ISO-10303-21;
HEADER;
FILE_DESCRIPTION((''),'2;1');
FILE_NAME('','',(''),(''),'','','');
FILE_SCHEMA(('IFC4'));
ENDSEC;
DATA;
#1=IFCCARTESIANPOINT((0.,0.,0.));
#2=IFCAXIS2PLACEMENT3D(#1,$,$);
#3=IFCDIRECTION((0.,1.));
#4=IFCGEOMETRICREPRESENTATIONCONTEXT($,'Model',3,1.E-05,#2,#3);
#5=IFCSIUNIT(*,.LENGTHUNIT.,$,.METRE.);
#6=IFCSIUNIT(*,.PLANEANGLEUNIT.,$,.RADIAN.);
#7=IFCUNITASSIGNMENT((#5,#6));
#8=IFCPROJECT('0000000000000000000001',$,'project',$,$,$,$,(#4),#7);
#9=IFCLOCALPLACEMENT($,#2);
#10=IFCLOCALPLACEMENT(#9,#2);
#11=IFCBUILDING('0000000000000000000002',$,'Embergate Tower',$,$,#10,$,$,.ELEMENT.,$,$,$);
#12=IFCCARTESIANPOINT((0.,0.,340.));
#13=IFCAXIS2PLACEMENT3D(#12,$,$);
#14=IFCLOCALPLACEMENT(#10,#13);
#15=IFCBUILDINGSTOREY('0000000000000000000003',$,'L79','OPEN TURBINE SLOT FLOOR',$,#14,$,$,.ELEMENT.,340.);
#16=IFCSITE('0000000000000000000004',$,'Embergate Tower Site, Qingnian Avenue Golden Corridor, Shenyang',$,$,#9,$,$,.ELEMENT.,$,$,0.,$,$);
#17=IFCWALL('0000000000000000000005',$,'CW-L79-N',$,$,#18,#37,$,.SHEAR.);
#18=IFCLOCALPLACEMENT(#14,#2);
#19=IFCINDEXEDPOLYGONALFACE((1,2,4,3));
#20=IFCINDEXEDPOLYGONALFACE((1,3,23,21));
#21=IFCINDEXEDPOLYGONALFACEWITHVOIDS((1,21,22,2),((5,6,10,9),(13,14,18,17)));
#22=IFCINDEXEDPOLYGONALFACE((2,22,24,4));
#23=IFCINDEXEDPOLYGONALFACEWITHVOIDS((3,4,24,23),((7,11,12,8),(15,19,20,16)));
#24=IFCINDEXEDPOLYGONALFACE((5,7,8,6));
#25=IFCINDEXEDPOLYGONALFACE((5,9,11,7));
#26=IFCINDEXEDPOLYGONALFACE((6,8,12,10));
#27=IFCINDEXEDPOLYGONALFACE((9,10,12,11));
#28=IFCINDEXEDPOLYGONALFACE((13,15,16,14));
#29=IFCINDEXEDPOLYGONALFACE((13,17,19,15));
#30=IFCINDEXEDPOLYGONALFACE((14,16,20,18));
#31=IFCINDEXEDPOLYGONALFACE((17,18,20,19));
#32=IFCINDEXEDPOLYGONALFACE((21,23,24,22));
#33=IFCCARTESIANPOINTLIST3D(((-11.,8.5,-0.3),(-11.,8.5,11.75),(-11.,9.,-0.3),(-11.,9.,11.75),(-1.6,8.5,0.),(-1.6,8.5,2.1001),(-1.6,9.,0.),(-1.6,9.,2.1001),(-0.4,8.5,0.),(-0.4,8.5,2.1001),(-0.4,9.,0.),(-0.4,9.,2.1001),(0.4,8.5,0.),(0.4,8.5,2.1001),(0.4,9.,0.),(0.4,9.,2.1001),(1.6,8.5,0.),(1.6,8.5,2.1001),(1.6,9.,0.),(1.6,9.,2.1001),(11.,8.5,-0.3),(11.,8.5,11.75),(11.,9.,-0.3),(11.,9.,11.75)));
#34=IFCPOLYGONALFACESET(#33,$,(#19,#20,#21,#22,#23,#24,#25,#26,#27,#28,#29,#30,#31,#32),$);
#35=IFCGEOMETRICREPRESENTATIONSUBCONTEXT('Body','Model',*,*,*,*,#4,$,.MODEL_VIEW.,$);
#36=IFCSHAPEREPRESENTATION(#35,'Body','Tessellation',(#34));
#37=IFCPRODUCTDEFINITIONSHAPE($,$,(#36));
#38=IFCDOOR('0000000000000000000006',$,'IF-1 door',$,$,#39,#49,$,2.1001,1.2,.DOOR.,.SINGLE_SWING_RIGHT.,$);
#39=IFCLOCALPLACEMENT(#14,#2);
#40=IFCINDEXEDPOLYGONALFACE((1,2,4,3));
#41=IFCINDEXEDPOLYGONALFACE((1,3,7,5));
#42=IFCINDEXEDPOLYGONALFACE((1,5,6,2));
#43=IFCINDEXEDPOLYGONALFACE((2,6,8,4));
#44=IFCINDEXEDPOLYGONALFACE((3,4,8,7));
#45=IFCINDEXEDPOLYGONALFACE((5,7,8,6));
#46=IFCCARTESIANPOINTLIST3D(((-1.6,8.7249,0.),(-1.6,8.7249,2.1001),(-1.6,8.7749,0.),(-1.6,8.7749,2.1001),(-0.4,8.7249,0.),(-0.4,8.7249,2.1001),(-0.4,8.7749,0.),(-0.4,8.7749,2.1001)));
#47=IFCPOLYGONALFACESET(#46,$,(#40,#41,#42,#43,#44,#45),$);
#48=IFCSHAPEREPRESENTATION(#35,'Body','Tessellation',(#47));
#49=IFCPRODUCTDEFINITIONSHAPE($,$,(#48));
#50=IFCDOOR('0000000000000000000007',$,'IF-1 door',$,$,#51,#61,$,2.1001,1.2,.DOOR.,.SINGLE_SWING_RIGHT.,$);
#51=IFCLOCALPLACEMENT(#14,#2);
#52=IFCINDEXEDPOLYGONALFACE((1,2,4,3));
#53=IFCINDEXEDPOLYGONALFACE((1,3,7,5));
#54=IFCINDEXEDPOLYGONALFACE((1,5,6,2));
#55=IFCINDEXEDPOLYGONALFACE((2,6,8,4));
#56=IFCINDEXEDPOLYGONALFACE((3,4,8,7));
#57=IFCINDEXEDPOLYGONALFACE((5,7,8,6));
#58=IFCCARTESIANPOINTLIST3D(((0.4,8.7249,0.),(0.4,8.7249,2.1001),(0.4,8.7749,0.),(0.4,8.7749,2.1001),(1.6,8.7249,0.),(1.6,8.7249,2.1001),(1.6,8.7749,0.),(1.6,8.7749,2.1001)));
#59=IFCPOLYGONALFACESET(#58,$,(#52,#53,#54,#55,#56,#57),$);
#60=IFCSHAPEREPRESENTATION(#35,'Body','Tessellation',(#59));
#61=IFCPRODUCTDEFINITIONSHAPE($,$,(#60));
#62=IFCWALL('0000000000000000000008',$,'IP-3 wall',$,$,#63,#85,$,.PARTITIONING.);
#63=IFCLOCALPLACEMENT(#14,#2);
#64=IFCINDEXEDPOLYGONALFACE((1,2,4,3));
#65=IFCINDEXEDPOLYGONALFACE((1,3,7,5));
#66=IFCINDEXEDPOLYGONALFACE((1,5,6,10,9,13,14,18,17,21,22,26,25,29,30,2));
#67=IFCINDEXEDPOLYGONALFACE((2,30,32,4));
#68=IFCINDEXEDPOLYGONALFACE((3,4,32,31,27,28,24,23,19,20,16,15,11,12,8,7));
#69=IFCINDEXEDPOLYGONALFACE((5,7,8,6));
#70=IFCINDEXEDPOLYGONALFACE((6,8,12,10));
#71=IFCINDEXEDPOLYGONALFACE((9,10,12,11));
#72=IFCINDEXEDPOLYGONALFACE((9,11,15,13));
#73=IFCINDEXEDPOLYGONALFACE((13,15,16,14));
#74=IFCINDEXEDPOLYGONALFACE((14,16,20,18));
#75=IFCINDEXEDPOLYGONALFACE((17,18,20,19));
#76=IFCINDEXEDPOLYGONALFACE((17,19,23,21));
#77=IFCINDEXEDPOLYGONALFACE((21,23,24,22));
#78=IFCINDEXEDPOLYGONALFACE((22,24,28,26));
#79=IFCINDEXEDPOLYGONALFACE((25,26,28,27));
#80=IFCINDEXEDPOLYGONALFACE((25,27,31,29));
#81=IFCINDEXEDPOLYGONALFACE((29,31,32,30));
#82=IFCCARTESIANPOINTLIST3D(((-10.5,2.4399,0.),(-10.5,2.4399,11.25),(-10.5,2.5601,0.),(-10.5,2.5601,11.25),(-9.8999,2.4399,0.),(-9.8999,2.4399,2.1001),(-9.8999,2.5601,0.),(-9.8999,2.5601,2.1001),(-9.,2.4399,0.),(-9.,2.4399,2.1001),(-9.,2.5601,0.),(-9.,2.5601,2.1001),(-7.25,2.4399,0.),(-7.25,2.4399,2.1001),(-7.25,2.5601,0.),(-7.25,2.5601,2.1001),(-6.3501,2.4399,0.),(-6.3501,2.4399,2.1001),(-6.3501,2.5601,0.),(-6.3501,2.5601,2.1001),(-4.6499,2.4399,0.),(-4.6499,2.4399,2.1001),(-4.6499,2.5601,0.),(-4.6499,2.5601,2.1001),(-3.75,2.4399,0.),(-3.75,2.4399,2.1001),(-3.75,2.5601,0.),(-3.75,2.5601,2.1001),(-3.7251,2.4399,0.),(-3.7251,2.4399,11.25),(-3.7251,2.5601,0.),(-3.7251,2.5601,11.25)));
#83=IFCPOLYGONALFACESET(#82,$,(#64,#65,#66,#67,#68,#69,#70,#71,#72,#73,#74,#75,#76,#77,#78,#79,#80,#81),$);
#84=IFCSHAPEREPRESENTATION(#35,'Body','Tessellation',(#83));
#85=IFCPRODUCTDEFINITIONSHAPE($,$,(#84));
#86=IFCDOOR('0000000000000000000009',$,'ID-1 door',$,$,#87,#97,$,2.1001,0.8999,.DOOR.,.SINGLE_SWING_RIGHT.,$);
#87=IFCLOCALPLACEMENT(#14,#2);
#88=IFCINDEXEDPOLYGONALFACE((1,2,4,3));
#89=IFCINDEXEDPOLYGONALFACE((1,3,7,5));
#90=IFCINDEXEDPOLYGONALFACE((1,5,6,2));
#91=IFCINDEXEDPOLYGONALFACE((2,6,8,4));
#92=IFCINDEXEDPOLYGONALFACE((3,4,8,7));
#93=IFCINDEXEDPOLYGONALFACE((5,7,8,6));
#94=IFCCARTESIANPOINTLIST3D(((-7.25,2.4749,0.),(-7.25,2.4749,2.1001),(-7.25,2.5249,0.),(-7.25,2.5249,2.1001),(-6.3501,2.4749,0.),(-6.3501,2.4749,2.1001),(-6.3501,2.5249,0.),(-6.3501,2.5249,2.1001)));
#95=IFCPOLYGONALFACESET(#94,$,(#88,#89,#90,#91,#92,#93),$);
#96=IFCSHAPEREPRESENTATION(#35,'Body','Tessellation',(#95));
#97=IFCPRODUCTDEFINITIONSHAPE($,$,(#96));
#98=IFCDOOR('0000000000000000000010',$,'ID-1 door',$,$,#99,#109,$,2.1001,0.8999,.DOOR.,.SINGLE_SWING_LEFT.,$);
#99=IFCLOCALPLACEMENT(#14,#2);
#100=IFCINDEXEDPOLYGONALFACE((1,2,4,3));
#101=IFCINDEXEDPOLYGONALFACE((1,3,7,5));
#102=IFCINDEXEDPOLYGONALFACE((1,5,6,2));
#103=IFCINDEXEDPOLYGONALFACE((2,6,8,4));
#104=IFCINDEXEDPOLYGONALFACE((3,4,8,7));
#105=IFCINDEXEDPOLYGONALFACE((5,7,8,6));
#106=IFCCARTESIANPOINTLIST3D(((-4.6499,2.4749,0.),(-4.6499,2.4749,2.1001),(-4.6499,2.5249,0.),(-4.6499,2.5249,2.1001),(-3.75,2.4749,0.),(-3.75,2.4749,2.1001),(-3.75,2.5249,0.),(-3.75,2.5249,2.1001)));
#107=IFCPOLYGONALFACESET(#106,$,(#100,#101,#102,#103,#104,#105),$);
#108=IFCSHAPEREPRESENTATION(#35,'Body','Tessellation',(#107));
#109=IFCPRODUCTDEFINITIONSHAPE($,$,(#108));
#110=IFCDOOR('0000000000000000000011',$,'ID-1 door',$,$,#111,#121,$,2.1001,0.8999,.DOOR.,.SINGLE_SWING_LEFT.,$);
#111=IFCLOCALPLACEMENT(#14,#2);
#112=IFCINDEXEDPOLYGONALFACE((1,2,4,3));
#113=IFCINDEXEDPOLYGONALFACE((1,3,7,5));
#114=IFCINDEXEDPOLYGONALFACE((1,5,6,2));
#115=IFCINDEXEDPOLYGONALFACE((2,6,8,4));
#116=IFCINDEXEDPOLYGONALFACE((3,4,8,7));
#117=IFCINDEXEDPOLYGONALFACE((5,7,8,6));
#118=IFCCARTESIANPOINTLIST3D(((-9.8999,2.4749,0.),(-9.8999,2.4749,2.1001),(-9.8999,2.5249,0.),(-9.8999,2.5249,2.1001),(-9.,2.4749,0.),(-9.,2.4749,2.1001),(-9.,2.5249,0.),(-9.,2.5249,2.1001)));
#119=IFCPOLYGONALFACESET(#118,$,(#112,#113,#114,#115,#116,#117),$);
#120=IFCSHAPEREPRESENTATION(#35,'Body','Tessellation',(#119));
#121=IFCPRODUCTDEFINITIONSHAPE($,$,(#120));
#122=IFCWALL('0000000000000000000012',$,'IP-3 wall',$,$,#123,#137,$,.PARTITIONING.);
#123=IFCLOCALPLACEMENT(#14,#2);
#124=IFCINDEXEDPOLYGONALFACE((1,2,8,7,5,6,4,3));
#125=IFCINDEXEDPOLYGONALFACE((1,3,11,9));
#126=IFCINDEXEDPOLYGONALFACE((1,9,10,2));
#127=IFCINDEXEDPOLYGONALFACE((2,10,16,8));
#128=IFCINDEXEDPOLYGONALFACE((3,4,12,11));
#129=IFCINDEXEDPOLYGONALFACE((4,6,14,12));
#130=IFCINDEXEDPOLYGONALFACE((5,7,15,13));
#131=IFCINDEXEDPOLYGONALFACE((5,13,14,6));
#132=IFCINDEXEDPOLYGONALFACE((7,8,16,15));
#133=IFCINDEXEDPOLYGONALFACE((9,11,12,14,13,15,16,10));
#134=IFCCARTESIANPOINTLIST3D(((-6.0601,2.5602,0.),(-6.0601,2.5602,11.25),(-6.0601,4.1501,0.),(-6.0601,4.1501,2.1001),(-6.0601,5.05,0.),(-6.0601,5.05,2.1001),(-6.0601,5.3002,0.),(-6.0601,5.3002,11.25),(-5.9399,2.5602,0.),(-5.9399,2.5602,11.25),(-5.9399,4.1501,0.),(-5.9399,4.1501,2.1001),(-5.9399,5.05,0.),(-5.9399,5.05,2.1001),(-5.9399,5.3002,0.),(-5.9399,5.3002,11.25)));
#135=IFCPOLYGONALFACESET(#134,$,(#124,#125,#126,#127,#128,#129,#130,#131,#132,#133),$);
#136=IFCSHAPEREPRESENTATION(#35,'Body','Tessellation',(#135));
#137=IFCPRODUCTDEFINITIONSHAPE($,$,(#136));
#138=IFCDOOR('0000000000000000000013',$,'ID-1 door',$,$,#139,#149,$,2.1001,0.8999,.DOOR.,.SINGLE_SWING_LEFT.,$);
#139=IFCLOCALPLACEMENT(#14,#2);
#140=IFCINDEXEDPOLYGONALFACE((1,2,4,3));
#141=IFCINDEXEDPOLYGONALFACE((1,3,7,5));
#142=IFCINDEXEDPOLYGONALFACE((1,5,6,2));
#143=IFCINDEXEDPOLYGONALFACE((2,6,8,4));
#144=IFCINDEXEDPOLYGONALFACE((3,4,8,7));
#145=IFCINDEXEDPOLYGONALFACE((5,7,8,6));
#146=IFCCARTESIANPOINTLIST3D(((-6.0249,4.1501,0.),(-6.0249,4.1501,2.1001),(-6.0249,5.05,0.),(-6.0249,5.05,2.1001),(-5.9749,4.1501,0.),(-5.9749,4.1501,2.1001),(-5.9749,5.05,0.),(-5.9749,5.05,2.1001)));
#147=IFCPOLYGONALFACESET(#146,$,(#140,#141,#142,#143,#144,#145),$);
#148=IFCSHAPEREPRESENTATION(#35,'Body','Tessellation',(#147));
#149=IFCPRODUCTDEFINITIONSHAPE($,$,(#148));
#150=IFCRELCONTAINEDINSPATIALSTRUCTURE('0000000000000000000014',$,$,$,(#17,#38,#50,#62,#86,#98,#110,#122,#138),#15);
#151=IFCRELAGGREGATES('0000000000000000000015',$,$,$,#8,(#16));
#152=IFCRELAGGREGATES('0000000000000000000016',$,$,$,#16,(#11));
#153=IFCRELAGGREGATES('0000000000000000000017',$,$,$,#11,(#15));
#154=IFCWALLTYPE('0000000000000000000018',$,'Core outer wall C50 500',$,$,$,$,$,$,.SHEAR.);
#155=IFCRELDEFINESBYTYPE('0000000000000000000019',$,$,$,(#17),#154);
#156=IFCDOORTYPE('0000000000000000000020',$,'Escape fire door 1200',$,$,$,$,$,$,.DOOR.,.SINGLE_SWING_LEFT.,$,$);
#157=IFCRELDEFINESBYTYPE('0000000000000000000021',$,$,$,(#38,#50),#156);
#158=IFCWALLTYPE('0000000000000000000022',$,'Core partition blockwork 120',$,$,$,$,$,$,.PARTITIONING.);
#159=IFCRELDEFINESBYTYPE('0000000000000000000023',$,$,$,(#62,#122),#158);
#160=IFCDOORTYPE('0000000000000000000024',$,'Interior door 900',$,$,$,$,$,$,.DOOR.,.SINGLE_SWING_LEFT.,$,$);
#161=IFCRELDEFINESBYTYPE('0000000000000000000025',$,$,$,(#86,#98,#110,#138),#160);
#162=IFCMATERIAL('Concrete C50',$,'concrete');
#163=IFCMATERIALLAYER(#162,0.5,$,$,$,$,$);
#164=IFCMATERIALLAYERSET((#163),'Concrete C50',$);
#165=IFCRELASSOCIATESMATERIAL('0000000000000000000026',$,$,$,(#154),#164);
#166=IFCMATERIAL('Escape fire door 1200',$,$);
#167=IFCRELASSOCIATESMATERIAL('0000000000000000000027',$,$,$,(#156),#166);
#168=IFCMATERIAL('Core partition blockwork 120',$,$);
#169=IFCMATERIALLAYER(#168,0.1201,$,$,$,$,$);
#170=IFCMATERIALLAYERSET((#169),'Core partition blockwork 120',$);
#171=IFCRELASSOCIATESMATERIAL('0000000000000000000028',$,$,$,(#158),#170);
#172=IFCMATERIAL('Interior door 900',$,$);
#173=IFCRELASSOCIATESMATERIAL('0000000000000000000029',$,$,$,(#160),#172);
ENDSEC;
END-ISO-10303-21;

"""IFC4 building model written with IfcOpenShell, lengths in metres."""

from ifc_helpers import new_model, si_unit, direction, frame, frame_2d, origin, place, context, subcontext, project, spatial, rectangle, extrude, source, transform, mapped, material, layer, layer_set, type_object, element, fill, save


model = new_model("IFC4")

# Units and contexts
model_context = context("Model", 3, precision=1e-05, world=origin(), true_north=direction((0.0, 1.0)))
body_context = subcontext(model_context, "Body", "Model", "MODEL_VIEW")
ifc_project = project(units=[si_unit("LENGTHUNIT", "METRE"), si_unit("PLANEANGLEUNIT", "RADIAN")], contexts=[model_context])

# Site, building, storey
site_placement = place(None, origin())
site = spatial("IfcSite", under=ifc_project, at=site_placement, Name="Embergate Tower Site, Qingnian Avenue Golden Corridor, Shenyang", CompositionType="ELEMENT", RefElevation=0.0)
building_placement = place(site_placement, origin())
building = spatial("IfcBuilding", under=site, at=building_placement, Name="Embergate Tower", CompositionType="ELEMENT")
storey_placement = place(building_placement, frame((0.0, 0.0, 340.0)))
storey = spatial("IfcBuildingStorey", under=building, at=storey_placement, Name="L79", Description="OPEN TURBINE SLOT FLOOR", CompositionType="ELEMENT", Elevation=340.0)

# Shared definitions
ifc_material_1 = material(Name="Concrete C50", Category="concrete")

# Walls, openings, doors
ifc_layer_1 = layer(ifc_material_1, 0.5)
ifc_layer_set_1 = layer_set([ifc_layer_1], Name="Concrete C50")
wall_type_1 = type_object("IfcWallType", Name="Core outer wall C50 500", PredefinedType="SHEAR", material=ifc_layer_set_1)
shared_shape_1 = source(origin(), body_context, "Body", "SweptSolid", [
    extrude(rectangle(XDim=22.0, YDim=0.5, at=frame_2d((11.0, 0.0))), origin(), (0.0, 0.0, 1.0), 12.05),
])
wall_1_placement = place(storey_placement, frame((-11.0, 8.75, -0.3), z_axis=(0.0, 0.0, 1.0), x_axis=(1.0, 0.0, 0.0)))
wall_1 = element("IfcWall", 1, at=wall_1_placement, inside=storey, type_object=wall_type_1, Name="CW-L79-N", PredefinedType="SHEAR", context=body_context, shape_type="MappedRepresentation", body=[
    mapped(shared_shape_1, transform((0.0, 0.0, 0.0))),
])
shared_shape_2 = source(origin(), body_context, "Body", "SweptSolid", [
    extrude(rectangle(XDim=1.2, YDim=2.1001, at=frame_2d((0.6001, 1.05))), frame((0.0, 0.26, 0.0), z_axis=(0.0, -1.0, 0.0), x_axis=(1.0, 0.0, 0.0)), (0.0, 0.0, 1.0), 0.52),
])
opening_1_placement = place(wall_1_placement, frame((9.3999, 0.0, 0.3)))
opening_1 = element("IfcOpeningElement", 2, at=opening_1_placement, cuts=wall_1, PredefinedType="OPENING", context=body_context, shape_type="MappedRepresentation", body=[
    mapped(shared_shape_2, transform((0.0, 0.0, 0.0))),
])
opening_2_placement = place(wall_1_placement, frame((11.3999, 0.0, 0.3)))
opening_2 = element("IfcOpeningElement", 3, at=opening_2_placement, cuts=wall_1, PredefinedType="OPENING", context=body_context, shape_type="MappedRepresentation", body=[
    mapped(shared_shape_2, transform((0.0, 0.0, 0.0))),
])
ifc_material_2 = material(Name="Escape fire door 1200")
door_type_1 = type_object("IfcDoorType", Name="Escape fire door 1200", OperationType="SINGLE_SWING_LEFT", PredefinedType="DOOR", material=ifc_material_2)
shared_shape_3 = source(origin(), body_context, "Body", "SweptSolid", [
    extrude(rectangle(XDim=1.2, YDim=2.1001, at=frame_2d((0.6001, 1.05))), frame((0.0, 0.0249, 0.0), z_axis=(0.0, -1.0, 0.0), x_axis=(1.0, 0.0, 0.0)), (0.0, 0.0, 1.0), 0.05),
])
door_1_placement = place(opening_1_placement, origin())
door_1 = element("IfcDoor", 4, at=door_1_placement, inside=storey, type_object=door_type_1, Name="IF-1 door", OperationType="SINGLE_SWING_RIGHT", OverallHeight=2.1001, OverallWidth=1.2, PredefinedType="DOOR", context=body_context, shape_type="MappedRepresentation", body=[
    mapped(shared_shape_3, transform((0.0, 0.0, 0.0))),
])
fill(opening_1, door_1)
door_2_placement = place(opening_2_placement, origin())
door_2 = element("IfcDoor", 5, at=door_2_placement, inside=storey, type_object=door_type_1, Name="IF-1 door", OperationType="SINGLE_SWING_RIGHT", OverallHeight=2.1001, OverallWidth=1.2, PredefinedType="DOOR", context=body_context, shape_type="MappedRepresentation", body=[
    mapped(shared_shape_3, transform((0.0, 0.0, 0.0))),
])
fill(opening_2, door_2)
ifc_material_3 = material(Name="Core partition blockwork 120")
ifc_layer_2 = layer(ifc_material_3, 0.1201)
ifc_layer_set_2 = layer_set([ifc_layer_2], Name="Core partition blockwork 120")
wall_type_2 = type_object("IfcWallType", Name="Core partition blockwork 120", PredefinedType="PARTITIONING", material=ifc_layer_set_2)
shared_shape_4 = source(origin(), body_context, "Body", "SweptSolid", [
    extrude(rectangle(XDim=6.7749, YDim=0.1201, at=frame_2d((3.3875, 0.0))), origin(), (0.0, 0.0, 1.0), 11.25),
])
wall_2_placement = place(storey_placement, frame((-10.5, 2.5, 0.0), z_axis=(0.0, 0.0, 1.0), x_axis=(1.0, 0.0, 0.0)))
wall_2 = element("IfcWall", 6, at=wall_2_placement, inside=storey, type_object=wall_type_2, Name="IP-3 wall", PredefinedType="PARTITIONING", context=body_context, shape_type="MappedRepresentation", body=[
    mapped(shared_shape_4, transform((0.0, 0.0, 0.0))),
])
shared_shape_5 = source(origin(), body_context, "Body", "SweptSolid", [
    extrude(rectangle(XDim=0.8999, YDim=2.1001, at=frame_2d((0.45, 1.05))), frame((0.0, 0.0701, 0.0), z_axis=(0.0, -1.0, 0.0), x_axis=(1.0, 0.0, 0.0)), (0.0, 0.0, 1.0), 0.1401),
])
opening_3_placement = place(wall_2_placement, frame((3.25, 0.0, 0.0)))
opening_3 = element("IfcOpeningElement", 7, at=opening_3_placement, cuts=wall_2, PredefinedType="OPENING", context=body_context, shape_type="MappedRepresentation", body=[
    mapped(shared_shape_5, transform((0.0, 0.0, 0.0))),
])
opening_4_placement = place(wall_2_placement, frame((5.8501, 0.0, 0.0)))
opening_4 = element("IfcOpeningElement", 8, at=opening_4_placement, cuts=wall_2, PredefinedType="OPENING", context=body_context, shape_type="MappedRepresentation", body=[
    mapped(shared_shape_5, transform((0.0, 0.0, 0.0))),
])
opening_5_placement = place(wall_2_placement, frame((0.6001, 0.0, 0.0)))
opening_5 = element("IfcOpeningElement", 9, at=opening_5_placement, cuts=wall_2, PredefinedType="OPENING", context=body_context, shape_type="MappedRepresentation", body=[
    mapped(shared_shape_5, transform((0.0, 0.0, 0.0))),
])
ifc_material_4 = material(Name="Interior door 900")
door_type_2 = type_object("IfcDoorType", Name="Interior door 900", OperationType="SINGLE_SWING_LEFT", PredefinedType="DOOR", material=ifc_material_4)
shared_shape_6 = source(origin(), body_context, "Body", "SweptSolid", [
    extrude(rectangle(XDim=0.8999, YDim=2.1001, at=frame_2d((0.45, 1.05))), frame((0.0, 0.0249, 0.0), z_axis=(0.0, -1.0, 0.0), x_axis=(1.0, 0.0, 0.0)), (0.0, 0.0, 1.0), 0.05),
])
door_3_placement = place(opening_3_placement, origin())
door_3 = element("IfcDoor", 10, at=door_3_placement, inside=storey, type_object=door_type_2, Name="ID-1 door", OperationType="SINGLE_SWING_RIGHT", OverallHeight=2.1001, OverallWidth=0.8999, PredefinedType="DOOR", context=body_context, shape_type="MappedRepresentation", body=[
    mapped(shared_shape_6, transform((0.0, 0.0, 0.0))),
])
fill(opening_3, door_3)
door_4_placement = place(opening_4_placement, origin())
door_4 = element("IfcDoor", 11, at=door_4_placement, inside=storey, type_object=door_type_2, Name="ID-1 door", OperationType="SINGLE_SWING_LEFT", OverallHeight=2.1001, OverallWidth=0.8999, PredefinedType="DOOR", context=body_context, shape_type="MappedRepresentation", body=[
    mapped(shared_shape_6, transform((0.0, 0.0, 0.0))),
])
fill(opening_4, door_4)
door_5_placement = place(opening_5_placement, origin())
door_5 = element("IfcDoor", 12, at=door_5_placement, inside=storey, type_object=door_type_2, Name="ID-1 door", OperationType="SINGLE_SWING_LEFT", OverallHeight=2.1001, OverallWidth=0.8999, PredefinedType="DOOR", context=body_context, shape_type="MappedRepresentation", body=[
    mapped(shared_shape_6, transform((0.0, 0.0, 0.0))),
])
fill(opening_5, door_5)

# Wall, opening, door
shared_shape_7 = source(origin(), body_context, "Body", "SweptSolid", [
    extrude(rectangle(XDim=2.74, YDim=0.1201, at=frame_2d((1.3701, 0.0))), origin(), (0.0, 0.0, 1.0), 11.25),
])
wall_3_placement = place(storey_placement, frame((-6.0, 2.5601, 0.0), z_axis=(0.0, 0.0, 1.0), x_axis=(0.0, 1.0, 0.0)))
wall_3 = element("IfcWall", 13, at=wall_3_placement, inside=storey, type_object=wall_type_2, Name="IP-3 wall", PredefinedType="PARTITIONING", context=body_context, shape_type="MappedRepresentation", body=[
    mapped(shared_shape_7, transform((0.0, 0.0, 0.0))),
])
opening_6_placement = place(wall_3_placement, frame((1.5901, 0.0, 0.0)))
opening_6 = element("IfcOpeningElement", 14, at=opening_6_placement, cuts=wall_3, PredefinedType="OPENING", context=body_context, shape_type="MappedRepresentation", body=[
    mapped(shared_shape_5, transform((0.0, 0.0, 0.0))),
])
door_6_placement = place(opening_6_placement, origin())
door_6 = element("IfcDoor", 15, at=door_6_placement, inside=storey, type_object=door_type_2, Name="ID-1 door", OperationType="SINGLE_SWING_LEFT", OverallHeight=2.1001, OverallWidth=0.8999, PredefinedType="DOOR", context=body_context, shape_type="MappedRepresentation", body=[
    mapped(shared_shape_6, transform((0.0, 0.0, 0.0))),
])
fill(opening_6, door_6)

save(model, "model.ifc")
